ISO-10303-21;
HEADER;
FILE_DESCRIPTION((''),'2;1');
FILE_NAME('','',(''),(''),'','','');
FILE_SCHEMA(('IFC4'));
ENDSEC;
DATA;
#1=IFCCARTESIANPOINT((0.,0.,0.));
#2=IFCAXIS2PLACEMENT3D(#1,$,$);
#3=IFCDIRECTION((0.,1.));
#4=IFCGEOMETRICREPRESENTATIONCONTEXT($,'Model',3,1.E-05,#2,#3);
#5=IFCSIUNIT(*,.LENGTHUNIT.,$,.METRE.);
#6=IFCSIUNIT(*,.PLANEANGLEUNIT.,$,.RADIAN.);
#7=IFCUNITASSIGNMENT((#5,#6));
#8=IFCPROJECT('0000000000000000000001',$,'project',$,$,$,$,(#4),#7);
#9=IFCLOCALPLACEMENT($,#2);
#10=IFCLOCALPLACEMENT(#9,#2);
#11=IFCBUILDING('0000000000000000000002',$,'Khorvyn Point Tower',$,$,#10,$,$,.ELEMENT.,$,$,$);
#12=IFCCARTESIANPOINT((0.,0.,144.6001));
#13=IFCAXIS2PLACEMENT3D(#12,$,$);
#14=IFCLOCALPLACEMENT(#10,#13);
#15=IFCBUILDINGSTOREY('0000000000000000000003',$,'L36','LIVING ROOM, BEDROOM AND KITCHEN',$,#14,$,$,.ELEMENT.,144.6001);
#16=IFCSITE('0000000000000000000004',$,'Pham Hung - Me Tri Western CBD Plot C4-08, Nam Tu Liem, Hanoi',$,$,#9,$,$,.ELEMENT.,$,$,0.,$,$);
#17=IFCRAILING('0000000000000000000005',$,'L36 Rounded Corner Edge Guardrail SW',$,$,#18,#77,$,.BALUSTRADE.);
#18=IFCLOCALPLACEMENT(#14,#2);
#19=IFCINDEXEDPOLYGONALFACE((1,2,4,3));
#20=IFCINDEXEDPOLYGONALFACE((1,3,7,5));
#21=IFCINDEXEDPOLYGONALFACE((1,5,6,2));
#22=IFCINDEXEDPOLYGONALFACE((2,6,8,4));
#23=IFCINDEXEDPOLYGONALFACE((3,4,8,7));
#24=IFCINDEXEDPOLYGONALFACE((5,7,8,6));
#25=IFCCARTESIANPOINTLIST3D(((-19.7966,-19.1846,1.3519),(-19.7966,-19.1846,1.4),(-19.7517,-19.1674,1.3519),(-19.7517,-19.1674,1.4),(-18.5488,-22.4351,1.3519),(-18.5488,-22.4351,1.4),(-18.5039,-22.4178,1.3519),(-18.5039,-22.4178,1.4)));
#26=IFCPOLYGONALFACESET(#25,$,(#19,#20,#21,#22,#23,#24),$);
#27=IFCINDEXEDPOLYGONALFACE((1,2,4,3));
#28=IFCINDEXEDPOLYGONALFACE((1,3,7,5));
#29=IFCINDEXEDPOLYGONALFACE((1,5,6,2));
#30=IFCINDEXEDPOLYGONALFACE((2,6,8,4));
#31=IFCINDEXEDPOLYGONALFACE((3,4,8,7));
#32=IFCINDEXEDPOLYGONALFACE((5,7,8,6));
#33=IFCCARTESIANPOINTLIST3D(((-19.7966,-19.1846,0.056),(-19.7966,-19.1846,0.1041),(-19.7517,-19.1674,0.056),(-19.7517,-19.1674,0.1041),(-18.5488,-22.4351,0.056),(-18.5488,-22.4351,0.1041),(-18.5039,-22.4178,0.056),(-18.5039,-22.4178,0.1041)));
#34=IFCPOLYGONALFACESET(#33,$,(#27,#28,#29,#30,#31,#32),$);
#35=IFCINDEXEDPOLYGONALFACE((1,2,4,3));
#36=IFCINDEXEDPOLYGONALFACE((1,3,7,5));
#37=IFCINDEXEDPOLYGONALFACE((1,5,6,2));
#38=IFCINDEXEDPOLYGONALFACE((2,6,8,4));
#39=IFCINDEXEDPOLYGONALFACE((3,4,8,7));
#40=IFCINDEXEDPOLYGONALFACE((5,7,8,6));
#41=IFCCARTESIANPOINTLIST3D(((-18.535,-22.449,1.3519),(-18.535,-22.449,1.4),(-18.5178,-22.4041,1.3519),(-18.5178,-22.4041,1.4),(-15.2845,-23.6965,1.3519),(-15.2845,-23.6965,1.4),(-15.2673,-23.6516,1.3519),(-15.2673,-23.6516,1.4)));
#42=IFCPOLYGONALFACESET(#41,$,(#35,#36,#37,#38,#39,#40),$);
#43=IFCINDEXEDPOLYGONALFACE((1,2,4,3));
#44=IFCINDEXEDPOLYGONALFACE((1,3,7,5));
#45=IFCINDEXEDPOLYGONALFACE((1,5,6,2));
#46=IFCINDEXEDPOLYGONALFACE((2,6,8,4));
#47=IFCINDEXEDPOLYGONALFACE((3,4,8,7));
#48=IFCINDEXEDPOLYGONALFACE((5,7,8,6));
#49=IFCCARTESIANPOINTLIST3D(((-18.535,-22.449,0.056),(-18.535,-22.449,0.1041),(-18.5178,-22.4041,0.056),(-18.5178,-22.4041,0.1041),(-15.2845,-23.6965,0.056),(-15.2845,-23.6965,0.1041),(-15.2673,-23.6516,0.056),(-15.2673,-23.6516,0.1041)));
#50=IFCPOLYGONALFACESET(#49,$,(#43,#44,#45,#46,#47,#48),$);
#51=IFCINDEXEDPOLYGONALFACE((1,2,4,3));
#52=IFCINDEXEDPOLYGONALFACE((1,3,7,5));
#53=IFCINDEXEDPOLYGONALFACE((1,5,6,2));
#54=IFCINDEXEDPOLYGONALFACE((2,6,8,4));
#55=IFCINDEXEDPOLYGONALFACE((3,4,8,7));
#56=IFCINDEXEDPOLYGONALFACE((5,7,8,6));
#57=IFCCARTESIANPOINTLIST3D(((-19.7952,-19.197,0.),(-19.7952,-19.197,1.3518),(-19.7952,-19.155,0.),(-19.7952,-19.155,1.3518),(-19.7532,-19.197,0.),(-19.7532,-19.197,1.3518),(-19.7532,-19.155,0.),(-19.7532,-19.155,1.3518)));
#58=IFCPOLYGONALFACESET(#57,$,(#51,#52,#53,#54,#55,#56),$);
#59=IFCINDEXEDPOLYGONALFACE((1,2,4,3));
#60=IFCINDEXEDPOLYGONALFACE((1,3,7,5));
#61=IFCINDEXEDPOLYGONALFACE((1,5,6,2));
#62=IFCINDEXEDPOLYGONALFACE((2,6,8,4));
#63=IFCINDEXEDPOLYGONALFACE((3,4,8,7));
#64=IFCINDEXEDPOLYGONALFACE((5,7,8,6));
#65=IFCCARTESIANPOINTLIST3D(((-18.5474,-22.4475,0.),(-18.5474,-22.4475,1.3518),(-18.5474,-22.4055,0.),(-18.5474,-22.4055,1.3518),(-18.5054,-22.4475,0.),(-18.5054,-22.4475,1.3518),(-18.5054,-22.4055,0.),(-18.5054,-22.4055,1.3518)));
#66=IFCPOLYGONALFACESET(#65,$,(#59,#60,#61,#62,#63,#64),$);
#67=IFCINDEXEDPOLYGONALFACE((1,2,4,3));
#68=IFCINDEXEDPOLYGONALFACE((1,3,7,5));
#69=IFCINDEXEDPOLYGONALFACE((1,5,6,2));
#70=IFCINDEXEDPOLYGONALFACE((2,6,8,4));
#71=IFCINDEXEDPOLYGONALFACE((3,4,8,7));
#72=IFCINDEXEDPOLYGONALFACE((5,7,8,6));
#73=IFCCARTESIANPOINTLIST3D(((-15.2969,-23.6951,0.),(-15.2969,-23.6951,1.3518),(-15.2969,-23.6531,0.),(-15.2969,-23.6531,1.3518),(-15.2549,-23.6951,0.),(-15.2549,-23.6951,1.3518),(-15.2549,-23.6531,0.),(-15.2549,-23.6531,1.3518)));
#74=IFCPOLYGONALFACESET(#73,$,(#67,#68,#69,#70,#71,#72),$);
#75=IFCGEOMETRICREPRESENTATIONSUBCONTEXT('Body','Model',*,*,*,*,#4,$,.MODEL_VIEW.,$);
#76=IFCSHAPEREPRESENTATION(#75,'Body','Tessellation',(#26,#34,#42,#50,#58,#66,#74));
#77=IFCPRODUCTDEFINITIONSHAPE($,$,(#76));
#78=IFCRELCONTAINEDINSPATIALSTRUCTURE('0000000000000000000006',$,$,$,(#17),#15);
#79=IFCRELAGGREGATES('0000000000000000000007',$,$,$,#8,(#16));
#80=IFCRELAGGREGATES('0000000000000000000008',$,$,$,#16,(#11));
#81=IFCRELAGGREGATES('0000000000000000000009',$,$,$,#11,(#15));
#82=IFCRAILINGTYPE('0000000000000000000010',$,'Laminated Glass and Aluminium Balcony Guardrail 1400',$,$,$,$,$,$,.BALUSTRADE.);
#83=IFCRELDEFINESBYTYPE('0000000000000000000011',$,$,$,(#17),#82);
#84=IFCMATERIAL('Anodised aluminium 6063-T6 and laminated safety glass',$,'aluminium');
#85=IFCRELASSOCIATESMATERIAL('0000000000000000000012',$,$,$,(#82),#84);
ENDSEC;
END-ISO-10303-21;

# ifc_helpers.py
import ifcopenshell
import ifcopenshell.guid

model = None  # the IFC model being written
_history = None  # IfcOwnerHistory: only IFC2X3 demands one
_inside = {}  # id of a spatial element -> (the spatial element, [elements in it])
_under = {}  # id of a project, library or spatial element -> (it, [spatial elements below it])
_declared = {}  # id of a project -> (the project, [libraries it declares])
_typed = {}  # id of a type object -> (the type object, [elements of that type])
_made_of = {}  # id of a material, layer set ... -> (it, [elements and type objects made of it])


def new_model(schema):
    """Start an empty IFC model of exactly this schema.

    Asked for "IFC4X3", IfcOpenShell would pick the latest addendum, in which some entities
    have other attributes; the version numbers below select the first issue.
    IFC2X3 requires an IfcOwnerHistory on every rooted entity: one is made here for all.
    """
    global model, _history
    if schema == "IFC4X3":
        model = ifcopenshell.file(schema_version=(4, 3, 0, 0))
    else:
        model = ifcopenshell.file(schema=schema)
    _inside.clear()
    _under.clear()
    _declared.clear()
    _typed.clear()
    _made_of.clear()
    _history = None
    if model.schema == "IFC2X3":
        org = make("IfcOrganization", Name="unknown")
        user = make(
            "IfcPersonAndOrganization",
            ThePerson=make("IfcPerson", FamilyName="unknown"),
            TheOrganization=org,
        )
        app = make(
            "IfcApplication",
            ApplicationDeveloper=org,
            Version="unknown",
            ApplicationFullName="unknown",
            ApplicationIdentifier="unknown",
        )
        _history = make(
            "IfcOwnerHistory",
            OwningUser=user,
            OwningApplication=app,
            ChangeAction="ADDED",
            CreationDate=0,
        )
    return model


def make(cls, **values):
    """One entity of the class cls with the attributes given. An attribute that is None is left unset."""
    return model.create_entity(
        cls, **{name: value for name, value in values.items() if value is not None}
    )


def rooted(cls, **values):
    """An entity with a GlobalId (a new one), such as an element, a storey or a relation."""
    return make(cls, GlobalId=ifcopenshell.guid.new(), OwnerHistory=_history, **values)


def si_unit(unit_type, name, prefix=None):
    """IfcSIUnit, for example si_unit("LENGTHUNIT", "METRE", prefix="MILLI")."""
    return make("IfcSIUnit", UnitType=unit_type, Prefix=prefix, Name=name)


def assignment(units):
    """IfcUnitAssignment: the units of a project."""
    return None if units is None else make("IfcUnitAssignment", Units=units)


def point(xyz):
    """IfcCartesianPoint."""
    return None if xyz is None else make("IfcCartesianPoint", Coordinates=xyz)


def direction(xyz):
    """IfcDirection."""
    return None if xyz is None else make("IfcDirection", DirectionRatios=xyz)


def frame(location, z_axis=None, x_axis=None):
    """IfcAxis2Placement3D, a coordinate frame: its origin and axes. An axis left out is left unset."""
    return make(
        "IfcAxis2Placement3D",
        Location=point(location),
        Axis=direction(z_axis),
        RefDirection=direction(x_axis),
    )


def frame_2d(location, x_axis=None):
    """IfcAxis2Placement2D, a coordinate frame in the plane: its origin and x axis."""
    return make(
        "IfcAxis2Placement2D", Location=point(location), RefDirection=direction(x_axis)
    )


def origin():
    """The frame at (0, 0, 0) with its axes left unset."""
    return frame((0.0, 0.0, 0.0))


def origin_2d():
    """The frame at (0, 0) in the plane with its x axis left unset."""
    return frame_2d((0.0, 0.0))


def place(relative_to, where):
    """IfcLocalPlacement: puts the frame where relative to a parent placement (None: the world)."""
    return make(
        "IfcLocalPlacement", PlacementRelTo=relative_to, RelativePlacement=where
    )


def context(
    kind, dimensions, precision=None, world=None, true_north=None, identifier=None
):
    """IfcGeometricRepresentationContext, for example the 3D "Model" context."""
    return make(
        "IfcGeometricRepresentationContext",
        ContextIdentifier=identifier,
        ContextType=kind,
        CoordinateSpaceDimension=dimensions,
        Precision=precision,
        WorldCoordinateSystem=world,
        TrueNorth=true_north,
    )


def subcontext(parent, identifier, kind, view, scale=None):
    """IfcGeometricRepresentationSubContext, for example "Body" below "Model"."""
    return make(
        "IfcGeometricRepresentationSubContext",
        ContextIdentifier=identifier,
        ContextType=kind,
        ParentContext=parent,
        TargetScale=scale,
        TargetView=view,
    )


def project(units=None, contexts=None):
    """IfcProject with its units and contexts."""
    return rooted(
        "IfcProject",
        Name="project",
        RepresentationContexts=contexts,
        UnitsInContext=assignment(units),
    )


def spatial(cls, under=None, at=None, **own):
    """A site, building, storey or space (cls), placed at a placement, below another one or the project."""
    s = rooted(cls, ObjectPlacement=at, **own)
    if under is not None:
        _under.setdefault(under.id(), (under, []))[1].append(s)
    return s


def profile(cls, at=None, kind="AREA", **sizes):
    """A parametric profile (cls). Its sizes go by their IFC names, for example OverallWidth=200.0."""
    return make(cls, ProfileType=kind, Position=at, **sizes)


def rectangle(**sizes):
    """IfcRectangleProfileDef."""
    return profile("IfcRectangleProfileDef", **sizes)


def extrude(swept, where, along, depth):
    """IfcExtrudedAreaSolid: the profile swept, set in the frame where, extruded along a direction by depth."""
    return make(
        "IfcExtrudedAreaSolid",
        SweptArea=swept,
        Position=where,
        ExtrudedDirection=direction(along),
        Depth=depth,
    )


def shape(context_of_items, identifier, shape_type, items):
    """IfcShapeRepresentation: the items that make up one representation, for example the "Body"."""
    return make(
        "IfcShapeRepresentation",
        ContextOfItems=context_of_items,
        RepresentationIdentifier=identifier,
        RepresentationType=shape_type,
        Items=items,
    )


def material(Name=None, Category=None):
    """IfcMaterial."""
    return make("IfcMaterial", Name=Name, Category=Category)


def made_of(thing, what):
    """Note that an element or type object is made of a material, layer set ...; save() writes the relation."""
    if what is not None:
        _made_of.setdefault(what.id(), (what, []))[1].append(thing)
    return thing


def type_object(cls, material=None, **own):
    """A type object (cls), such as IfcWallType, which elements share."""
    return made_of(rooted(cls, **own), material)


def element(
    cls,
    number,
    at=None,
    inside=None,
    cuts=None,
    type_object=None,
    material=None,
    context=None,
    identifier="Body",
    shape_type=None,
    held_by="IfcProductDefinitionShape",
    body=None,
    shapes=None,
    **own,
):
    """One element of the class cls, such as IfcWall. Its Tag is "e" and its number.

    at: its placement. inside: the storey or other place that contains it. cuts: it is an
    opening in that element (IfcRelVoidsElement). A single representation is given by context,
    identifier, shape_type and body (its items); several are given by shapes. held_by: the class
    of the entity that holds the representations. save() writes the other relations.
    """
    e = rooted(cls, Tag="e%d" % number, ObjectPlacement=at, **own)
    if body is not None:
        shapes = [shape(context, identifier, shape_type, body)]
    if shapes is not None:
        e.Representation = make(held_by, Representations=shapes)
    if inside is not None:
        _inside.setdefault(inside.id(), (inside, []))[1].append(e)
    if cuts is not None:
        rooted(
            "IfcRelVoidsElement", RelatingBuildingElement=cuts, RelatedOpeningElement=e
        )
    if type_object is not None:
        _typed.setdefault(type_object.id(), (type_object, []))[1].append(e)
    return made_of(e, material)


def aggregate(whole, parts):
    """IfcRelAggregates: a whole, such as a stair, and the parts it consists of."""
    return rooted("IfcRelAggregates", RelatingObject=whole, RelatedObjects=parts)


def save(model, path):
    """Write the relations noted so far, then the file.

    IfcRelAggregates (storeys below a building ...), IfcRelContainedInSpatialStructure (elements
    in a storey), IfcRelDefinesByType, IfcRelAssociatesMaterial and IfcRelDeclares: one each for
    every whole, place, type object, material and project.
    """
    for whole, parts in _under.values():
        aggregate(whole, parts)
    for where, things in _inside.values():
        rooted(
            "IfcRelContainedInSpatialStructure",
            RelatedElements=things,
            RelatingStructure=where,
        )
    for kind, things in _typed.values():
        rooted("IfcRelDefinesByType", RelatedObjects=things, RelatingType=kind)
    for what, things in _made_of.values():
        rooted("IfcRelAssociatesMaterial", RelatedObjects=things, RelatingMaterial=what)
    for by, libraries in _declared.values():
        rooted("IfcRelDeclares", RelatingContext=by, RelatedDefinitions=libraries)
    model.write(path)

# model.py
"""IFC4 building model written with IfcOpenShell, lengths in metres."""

from ifc_helpers import new_model, si_unit, direction, frame, origin, origin_2d, place, context, subcontext, project, spatial, rectangle, extrude, material, type_object, element, save


model = new_model("IFC4")

# Units and contexts
model_context = context("Model", 3, precision=1e-05, world=origin(), true_north=direction((0.0, 1.0)))
body_context = subcontext(model_context, "Body", "Model", "MODEL_VIEW")
ifc_project = project(units=[si_unit("LENGTHUNIT", "METRE"), si_unit("PLANEANGLEUNIT", "RADIAN")], contexts=[model_context])

# Site, building, storey
site_placement = place(None, origin())
site = spatial("IfcSite", under=ifc_project, at=site_placement, Name="Pham Hung - Me Tri Western CBD Plot C4-08, Nam Tu Liem, Hanoi", CompositionType="ELEMENT", RefElevation=0.0)
building_placement = place(site_placement, origin())
building = spatial("IfcBuilding", under=site, at=building_placement, Name="Khorvyn Point Tower", CompositionType="ELEMENT")
storey_placement = place(building_placement, frame((0.0, 0.0, 144.6001)))
storey = spatial("IfcBuildingStorey", under=building, at=storey_placement, Name="L36", Description="LIVING ROOM, BEDROOM AND KITCHEN", CompositionType="ELEMENT", Elevation=144.6001)

# Railing
ifc_material_1 = material(Name="Anodised aluminium 6063-T6 and laminated safety glass", Category="aluminium")
railing_type = type_object("IfcRailingType", Name="Laminated Glass and Aluminium Balcony Guardrail 1400", PredefinedType="BALUSTRADE", material=ifc_material_1)
railing_1_placement = place(storey_placement, frame((-19.7742, -19.176, 0.0)))
element("IfcRailing", 1, at=railing_1_placement, inside=storey, type_object=railing_type, Name="L36 Rounded Corner Edge Guardrail SW", PredefinedType="BALUSTRADE", context=body_context, shape_type="SweptSolid", body=[
    extrude(rectangle(XDim=0.0481, YDim=0.0481, at=origin_2d()), frame((0.0, 0.0, 1.376), z_axis=(0.358382, -0.933575, 0.0), x_axis=(0.933575, 0.358382, 0.0)), (0.0, 0.0, 1.0), 3.4817),
    extrude(rectangle(XDim=0.0481, YDim=0.0481, at=origin_2d()), frame((0.0, 0.0, 0.0801), z_axis=(0.358382, -0.933575, 0.0), x_axis=(0.933575, 0.358382, 0.0)), (0.0, 0.0, 1.0), 3.4817),
    extrude(rectangle(XDim=0.0481, YDim=0.0481, at=origin_2d()), frame((1.2478, -3.2505, 1.376), z_axis=(0.933598, -0.358321, 0.0), x_axis=(0.358321, 0.933598, 0.0)), (0.0, 0.0, 1.0), 3.4817),
    extrude(rectangle(XDim=0.0481, YDim=0.0481, at=origin_2d()), frame((1.2478, -3.2505, 0.0801), z_axis=(0.933598, -0.358321, 0.0), x_axis=(0.358321, 0.933598, 0.0)), (0.0, 0.0, 1.0), 3.4817),
    extrude(rectangle(XDim=0.042, YDim=0.042, at=origin_2d()), origin(), (0.0, 0.0, 1.0), 1.3518),
    extrude(rectangle(XDim=0.042, YDim=0.042, at=origin_2d()), frame((1.2478, -3.2505, 0.0)), (0.0, 0.0, 1.0), 1.3518),
    extrude(rectangle(XDim=0.042, YDim=0.042, at=origin_2d()), frame((4.4983, -4.498, 0.0)), (0.0, 0.0, 1.0), 1.3518),
])

save(model, "model.ifc")
